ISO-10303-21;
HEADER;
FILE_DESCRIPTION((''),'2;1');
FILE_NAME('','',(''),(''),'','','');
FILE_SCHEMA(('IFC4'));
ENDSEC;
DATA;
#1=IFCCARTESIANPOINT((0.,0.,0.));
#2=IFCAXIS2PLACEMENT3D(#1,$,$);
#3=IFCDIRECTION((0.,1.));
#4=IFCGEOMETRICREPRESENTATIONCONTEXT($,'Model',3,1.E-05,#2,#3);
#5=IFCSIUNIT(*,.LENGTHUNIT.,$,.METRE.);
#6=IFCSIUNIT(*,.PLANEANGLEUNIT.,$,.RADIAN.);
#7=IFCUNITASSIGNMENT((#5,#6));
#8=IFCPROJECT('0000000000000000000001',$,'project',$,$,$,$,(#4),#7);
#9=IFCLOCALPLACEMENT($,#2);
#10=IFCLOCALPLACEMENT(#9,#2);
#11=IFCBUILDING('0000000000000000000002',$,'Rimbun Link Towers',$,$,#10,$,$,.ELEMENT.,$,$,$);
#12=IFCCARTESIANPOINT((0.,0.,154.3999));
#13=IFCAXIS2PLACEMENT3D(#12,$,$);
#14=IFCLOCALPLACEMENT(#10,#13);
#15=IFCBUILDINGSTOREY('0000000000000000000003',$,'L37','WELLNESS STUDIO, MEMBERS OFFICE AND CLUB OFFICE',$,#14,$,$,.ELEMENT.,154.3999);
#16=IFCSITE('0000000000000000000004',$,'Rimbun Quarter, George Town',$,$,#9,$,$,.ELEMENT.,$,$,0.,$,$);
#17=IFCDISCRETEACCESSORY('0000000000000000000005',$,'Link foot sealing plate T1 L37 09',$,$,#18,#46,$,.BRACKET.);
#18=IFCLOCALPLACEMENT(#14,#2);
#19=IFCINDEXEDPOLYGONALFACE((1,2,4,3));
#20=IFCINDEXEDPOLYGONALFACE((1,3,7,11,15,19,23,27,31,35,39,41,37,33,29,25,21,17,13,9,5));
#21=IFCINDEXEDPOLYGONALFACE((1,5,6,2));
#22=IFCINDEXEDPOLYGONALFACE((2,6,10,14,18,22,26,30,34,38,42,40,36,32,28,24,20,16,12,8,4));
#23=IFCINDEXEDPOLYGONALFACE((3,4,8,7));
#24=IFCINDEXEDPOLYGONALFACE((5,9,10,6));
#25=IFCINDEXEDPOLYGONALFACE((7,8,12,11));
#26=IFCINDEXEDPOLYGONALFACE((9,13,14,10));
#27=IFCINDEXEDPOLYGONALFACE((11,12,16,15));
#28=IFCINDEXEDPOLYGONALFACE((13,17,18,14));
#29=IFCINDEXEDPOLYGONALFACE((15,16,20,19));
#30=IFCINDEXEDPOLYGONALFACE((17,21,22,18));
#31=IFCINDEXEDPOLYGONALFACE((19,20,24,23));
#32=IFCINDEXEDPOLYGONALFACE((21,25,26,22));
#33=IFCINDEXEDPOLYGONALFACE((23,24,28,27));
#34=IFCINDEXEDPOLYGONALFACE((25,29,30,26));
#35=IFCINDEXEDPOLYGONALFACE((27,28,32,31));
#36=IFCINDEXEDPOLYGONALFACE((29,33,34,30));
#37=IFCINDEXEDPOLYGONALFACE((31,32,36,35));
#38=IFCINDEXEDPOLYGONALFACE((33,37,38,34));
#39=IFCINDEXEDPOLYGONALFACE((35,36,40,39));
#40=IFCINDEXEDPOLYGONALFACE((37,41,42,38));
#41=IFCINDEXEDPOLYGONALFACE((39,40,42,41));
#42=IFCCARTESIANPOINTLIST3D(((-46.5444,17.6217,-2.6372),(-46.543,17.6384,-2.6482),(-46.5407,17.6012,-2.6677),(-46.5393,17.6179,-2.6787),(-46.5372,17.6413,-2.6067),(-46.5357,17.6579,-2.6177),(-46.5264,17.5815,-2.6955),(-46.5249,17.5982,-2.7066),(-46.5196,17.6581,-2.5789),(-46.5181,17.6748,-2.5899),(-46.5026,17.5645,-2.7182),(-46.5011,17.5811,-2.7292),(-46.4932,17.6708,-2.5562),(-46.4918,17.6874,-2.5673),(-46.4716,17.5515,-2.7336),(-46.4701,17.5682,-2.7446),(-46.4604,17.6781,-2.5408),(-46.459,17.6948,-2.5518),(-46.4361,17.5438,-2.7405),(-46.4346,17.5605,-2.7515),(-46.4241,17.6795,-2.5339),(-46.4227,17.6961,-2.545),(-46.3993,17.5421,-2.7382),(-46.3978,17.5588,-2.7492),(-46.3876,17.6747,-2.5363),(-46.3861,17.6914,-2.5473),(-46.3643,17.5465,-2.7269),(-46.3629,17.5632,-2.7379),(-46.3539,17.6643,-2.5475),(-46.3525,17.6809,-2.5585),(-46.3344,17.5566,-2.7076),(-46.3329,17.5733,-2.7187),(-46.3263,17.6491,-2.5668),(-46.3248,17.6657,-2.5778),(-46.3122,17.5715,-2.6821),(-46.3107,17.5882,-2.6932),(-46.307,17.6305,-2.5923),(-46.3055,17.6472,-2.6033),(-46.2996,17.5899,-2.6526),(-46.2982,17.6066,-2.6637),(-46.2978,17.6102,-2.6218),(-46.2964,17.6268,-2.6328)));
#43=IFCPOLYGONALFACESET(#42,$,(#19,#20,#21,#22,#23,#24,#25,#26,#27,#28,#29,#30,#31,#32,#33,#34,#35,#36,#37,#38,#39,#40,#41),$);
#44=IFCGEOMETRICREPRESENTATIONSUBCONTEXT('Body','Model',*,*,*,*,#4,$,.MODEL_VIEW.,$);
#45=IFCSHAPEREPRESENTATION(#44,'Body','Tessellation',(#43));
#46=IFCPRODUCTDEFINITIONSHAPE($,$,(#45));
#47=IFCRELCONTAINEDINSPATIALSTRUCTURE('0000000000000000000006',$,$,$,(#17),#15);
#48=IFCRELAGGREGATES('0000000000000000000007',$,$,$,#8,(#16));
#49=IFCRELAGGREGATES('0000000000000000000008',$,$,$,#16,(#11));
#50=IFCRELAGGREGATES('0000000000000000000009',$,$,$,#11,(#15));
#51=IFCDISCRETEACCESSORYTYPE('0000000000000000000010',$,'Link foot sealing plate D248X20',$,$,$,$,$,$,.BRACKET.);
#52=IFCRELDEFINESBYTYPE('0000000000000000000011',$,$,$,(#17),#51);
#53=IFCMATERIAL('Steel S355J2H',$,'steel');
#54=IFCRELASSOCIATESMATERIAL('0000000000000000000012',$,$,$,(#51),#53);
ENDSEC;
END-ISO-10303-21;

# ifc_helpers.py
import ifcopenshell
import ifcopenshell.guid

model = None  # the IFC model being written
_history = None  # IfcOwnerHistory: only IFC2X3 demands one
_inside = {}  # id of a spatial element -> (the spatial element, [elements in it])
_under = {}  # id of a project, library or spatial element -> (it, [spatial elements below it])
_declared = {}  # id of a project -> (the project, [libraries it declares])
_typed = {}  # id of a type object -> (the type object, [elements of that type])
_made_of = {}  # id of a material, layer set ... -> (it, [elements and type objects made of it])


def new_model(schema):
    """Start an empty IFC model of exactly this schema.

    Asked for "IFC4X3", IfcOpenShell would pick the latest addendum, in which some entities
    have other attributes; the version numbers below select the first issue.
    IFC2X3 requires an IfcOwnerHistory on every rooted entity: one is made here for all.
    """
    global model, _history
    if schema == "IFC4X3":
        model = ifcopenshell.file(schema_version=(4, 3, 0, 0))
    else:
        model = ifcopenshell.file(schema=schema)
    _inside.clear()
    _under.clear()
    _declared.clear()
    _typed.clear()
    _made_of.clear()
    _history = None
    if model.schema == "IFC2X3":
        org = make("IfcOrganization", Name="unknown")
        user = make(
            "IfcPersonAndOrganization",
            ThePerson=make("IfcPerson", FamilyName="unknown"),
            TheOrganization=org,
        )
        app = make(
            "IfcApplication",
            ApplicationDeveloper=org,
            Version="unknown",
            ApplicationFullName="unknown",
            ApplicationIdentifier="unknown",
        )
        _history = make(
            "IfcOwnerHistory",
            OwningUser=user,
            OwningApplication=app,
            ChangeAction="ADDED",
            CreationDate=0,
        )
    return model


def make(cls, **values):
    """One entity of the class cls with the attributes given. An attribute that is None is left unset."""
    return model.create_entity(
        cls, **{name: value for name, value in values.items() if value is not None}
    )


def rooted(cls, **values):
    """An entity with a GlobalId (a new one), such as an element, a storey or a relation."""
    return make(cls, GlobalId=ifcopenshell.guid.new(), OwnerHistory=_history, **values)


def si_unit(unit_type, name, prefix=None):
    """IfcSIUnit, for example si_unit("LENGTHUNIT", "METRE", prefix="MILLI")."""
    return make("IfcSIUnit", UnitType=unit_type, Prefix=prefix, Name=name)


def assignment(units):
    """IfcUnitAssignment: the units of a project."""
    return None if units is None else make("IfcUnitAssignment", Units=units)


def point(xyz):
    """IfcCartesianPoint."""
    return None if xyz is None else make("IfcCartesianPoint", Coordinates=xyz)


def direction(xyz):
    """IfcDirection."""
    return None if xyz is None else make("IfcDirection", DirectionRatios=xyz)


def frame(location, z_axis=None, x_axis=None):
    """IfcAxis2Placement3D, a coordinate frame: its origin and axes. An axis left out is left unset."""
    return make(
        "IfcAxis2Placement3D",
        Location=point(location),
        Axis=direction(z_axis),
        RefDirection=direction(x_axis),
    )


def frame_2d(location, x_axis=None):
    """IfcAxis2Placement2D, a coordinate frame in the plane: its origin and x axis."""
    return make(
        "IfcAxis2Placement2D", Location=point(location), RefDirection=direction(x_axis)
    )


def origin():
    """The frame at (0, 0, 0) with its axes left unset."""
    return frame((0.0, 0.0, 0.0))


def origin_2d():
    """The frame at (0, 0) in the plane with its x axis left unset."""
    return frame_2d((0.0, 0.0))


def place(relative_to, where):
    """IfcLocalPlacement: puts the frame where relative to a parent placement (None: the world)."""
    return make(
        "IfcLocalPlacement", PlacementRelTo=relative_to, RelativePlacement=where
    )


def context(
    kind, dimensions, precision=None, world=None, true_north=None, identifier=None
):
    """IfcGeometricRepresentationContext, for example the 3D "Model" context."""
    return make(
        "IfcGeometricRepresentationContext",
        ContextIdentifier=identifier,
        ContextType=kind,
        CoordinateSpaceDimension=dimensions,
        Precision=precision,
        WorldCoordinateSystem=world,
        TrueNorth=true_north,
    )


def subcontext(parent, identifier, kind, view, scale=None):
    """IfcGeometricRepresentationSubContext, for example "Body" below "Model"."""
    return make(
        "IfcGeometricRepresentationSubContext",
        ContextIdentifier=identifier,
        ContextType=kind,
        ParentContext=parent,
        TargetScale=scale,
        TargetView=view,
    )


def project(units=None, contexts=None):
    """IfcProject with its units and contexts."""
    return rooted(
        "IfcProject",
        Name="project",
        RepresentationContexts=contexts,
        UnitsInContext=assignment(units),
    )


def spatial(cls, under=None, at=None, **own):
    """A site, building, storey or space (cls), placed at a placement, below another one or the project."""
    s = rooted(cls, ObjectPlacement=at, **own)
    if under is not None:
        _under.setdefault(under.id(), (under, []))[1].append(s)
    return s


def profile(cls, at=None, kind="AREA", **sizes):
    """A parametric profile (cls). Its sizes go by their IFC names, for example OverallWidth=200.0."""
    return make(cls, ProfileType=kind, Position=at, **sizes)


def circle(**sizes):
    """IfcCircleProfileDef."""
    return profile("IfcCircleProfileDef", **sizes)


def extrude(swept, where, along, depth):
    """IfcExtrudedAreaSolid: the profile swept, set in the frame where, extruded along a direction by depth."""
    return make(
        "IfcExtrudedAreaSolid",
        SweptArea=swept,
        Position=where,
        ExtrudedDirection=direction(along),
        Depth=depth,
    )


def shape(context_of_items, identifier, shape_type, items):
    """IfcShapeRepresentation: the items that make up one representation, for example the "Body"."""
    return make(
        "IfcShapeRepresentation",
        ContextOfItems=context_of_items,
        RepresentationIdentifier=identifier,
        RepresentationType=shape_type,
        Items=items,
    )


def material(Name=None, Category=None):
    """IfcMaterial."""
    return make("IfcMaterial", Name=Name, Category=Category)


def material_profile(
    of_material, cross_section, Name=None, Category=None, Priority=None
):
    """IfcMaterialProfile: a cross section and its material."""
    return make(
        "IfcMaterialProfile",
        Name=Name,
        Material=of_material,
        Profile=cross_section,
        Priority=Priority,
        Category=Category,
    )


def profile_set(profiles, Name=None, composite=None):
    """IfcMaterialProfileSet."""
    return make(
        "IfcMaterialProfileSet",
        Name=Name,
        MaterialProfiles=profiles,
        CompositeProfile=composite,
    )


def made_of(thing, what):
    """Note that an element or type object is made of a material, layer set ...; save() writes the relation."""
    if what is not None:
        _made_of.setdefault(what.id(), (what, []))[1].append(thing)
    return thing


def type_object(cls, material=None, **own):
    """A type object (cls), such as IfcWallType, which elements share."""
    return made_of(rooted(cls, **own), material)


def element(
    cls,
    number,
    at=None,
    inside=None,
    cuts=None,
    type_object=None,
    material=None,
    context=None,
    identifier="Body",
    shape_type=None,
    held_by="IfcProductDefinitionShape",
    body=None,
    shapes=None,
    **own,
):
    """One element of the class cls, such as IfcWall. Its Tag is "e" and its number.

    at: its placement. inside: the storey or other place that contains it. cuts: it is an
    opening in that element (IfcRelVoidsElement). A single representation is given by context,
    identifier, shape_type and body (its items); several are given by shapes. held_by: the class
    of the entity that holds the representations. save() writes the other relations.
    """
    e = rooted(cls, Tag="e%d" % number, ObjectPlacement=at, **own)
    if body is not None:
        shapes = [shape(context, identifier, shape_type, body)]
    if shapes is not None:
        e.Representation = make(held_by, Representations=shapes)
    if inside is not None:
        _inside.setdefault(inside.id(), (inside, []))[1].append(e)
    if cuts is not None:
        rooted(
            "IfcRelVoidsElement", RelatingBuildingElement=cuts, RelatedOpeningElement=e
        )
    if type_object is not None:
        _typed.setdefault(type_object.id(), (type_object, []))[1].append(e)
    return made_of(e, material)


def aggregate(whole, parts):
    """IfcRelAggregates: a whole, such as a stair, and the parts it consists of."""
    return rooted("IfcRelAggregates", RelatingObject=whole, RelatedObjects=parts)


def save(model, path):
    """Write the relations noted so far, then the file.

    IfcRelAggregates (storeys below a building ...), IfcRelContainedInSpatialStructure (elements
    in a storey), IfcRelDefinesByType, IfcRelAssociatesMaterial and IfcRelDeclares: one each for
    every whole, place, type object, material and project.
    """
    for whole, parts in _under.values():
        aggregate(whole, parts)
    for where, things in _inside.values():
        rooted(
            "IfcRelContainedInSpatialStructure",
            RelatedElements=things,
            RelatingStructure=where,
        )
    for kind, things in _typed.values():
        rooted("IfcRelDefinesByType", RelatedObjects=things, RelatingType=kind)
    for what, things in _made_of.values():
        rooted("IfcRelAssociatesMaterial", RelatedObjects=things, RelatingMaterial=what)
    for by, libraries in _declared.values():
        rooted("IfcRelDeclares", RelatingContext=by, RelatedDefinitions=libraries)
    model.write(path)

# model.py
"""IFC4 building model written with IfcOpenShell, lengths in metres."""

from ifc_helpers import new_model, si_unit, direction, frame, origin, origin_2d, place, context, subcontext, project, spatial, circle, extrude, material, material_profile, profile_set, type_object, element, save


model = new_model("IFC4")

# Units and contexts
model_context = context("Model", 3, precision=1e-05, world=origin(), true_north=direction((0.0, 1.0)))
body_context = subcontext(model_context, "Body", "Model", "MODEL_VIEW")
ifc_project = project(units=[si_unit("LENGTHUNIT", "METRE"), si_unit("PLANEANGLEUNIT", "RADIAN")], contexts=[model_context])

# Site, building, storey
site_placement = place(None, origin())
site = spatial("IfcSite", under=ifc_project, at=site_placement, Name="Rimbun Quarter, George Town", CompositionType="ELEMENT", RefElevation=0.0)
building_placement = place(site_placement, origin())
building = spatial("IfcBuilding", under=site, at=building_placement, Name="Rimbun Link Towers", CompositionType="ELEMENT")
storey_placement = place(building_placement, frame((0.0, 0.0, 154.3999)))
storey = spatial("IfcBuildingStorey", under=building, at=storey_placement, Name="L37", Description="WELLNESS STUDIO, MEMBERS OFFICE AND CLUB OFFICE", CompositionType="ELEMENT", Elevation=154.3999)

# Discrete accessory
ifc_material_1 = material(Name="Steel S355J2H", Category="steel")
ifc_material_profile_1 = material_profile(ifc_material_1, circle(Radius=0.124, at=origin_2d()), Name="PL D248")
ifc_profile_set_1 = profile_set([ifc_material_profile_1], Name="Steel S355J2H")
discrete_accessory_type = type_object("IfcDiscreteAccessoryType", Name="Link foot sealing plate D248X20", PredefinedType="BRACKET", material=ifc_profile_set_1)
discrete_accessory_placement = place(storey_placement, frame((-46.4209, 17.6108, -2.6372), z_axis=(0.073384, 0.831684, -0.550379), x_axis=(-0.99613, 0.087894, 0.0)))
element("IfcDiscreteAccessory", 1, at=discrete_accessory_placement, inside=storey, type_object=discrete_accessory_type, Name="Link foot sealing plate T1 L37 09", PredefinedType="BRACKET", context=body_context, shape_type="SweptSolid", body=[
    extrude(circle(Radius=0.124, at=origin_2d()), origin(), (0.0, 0.0, 1.0), 0.02),
])

save(model, "model.ifc")
